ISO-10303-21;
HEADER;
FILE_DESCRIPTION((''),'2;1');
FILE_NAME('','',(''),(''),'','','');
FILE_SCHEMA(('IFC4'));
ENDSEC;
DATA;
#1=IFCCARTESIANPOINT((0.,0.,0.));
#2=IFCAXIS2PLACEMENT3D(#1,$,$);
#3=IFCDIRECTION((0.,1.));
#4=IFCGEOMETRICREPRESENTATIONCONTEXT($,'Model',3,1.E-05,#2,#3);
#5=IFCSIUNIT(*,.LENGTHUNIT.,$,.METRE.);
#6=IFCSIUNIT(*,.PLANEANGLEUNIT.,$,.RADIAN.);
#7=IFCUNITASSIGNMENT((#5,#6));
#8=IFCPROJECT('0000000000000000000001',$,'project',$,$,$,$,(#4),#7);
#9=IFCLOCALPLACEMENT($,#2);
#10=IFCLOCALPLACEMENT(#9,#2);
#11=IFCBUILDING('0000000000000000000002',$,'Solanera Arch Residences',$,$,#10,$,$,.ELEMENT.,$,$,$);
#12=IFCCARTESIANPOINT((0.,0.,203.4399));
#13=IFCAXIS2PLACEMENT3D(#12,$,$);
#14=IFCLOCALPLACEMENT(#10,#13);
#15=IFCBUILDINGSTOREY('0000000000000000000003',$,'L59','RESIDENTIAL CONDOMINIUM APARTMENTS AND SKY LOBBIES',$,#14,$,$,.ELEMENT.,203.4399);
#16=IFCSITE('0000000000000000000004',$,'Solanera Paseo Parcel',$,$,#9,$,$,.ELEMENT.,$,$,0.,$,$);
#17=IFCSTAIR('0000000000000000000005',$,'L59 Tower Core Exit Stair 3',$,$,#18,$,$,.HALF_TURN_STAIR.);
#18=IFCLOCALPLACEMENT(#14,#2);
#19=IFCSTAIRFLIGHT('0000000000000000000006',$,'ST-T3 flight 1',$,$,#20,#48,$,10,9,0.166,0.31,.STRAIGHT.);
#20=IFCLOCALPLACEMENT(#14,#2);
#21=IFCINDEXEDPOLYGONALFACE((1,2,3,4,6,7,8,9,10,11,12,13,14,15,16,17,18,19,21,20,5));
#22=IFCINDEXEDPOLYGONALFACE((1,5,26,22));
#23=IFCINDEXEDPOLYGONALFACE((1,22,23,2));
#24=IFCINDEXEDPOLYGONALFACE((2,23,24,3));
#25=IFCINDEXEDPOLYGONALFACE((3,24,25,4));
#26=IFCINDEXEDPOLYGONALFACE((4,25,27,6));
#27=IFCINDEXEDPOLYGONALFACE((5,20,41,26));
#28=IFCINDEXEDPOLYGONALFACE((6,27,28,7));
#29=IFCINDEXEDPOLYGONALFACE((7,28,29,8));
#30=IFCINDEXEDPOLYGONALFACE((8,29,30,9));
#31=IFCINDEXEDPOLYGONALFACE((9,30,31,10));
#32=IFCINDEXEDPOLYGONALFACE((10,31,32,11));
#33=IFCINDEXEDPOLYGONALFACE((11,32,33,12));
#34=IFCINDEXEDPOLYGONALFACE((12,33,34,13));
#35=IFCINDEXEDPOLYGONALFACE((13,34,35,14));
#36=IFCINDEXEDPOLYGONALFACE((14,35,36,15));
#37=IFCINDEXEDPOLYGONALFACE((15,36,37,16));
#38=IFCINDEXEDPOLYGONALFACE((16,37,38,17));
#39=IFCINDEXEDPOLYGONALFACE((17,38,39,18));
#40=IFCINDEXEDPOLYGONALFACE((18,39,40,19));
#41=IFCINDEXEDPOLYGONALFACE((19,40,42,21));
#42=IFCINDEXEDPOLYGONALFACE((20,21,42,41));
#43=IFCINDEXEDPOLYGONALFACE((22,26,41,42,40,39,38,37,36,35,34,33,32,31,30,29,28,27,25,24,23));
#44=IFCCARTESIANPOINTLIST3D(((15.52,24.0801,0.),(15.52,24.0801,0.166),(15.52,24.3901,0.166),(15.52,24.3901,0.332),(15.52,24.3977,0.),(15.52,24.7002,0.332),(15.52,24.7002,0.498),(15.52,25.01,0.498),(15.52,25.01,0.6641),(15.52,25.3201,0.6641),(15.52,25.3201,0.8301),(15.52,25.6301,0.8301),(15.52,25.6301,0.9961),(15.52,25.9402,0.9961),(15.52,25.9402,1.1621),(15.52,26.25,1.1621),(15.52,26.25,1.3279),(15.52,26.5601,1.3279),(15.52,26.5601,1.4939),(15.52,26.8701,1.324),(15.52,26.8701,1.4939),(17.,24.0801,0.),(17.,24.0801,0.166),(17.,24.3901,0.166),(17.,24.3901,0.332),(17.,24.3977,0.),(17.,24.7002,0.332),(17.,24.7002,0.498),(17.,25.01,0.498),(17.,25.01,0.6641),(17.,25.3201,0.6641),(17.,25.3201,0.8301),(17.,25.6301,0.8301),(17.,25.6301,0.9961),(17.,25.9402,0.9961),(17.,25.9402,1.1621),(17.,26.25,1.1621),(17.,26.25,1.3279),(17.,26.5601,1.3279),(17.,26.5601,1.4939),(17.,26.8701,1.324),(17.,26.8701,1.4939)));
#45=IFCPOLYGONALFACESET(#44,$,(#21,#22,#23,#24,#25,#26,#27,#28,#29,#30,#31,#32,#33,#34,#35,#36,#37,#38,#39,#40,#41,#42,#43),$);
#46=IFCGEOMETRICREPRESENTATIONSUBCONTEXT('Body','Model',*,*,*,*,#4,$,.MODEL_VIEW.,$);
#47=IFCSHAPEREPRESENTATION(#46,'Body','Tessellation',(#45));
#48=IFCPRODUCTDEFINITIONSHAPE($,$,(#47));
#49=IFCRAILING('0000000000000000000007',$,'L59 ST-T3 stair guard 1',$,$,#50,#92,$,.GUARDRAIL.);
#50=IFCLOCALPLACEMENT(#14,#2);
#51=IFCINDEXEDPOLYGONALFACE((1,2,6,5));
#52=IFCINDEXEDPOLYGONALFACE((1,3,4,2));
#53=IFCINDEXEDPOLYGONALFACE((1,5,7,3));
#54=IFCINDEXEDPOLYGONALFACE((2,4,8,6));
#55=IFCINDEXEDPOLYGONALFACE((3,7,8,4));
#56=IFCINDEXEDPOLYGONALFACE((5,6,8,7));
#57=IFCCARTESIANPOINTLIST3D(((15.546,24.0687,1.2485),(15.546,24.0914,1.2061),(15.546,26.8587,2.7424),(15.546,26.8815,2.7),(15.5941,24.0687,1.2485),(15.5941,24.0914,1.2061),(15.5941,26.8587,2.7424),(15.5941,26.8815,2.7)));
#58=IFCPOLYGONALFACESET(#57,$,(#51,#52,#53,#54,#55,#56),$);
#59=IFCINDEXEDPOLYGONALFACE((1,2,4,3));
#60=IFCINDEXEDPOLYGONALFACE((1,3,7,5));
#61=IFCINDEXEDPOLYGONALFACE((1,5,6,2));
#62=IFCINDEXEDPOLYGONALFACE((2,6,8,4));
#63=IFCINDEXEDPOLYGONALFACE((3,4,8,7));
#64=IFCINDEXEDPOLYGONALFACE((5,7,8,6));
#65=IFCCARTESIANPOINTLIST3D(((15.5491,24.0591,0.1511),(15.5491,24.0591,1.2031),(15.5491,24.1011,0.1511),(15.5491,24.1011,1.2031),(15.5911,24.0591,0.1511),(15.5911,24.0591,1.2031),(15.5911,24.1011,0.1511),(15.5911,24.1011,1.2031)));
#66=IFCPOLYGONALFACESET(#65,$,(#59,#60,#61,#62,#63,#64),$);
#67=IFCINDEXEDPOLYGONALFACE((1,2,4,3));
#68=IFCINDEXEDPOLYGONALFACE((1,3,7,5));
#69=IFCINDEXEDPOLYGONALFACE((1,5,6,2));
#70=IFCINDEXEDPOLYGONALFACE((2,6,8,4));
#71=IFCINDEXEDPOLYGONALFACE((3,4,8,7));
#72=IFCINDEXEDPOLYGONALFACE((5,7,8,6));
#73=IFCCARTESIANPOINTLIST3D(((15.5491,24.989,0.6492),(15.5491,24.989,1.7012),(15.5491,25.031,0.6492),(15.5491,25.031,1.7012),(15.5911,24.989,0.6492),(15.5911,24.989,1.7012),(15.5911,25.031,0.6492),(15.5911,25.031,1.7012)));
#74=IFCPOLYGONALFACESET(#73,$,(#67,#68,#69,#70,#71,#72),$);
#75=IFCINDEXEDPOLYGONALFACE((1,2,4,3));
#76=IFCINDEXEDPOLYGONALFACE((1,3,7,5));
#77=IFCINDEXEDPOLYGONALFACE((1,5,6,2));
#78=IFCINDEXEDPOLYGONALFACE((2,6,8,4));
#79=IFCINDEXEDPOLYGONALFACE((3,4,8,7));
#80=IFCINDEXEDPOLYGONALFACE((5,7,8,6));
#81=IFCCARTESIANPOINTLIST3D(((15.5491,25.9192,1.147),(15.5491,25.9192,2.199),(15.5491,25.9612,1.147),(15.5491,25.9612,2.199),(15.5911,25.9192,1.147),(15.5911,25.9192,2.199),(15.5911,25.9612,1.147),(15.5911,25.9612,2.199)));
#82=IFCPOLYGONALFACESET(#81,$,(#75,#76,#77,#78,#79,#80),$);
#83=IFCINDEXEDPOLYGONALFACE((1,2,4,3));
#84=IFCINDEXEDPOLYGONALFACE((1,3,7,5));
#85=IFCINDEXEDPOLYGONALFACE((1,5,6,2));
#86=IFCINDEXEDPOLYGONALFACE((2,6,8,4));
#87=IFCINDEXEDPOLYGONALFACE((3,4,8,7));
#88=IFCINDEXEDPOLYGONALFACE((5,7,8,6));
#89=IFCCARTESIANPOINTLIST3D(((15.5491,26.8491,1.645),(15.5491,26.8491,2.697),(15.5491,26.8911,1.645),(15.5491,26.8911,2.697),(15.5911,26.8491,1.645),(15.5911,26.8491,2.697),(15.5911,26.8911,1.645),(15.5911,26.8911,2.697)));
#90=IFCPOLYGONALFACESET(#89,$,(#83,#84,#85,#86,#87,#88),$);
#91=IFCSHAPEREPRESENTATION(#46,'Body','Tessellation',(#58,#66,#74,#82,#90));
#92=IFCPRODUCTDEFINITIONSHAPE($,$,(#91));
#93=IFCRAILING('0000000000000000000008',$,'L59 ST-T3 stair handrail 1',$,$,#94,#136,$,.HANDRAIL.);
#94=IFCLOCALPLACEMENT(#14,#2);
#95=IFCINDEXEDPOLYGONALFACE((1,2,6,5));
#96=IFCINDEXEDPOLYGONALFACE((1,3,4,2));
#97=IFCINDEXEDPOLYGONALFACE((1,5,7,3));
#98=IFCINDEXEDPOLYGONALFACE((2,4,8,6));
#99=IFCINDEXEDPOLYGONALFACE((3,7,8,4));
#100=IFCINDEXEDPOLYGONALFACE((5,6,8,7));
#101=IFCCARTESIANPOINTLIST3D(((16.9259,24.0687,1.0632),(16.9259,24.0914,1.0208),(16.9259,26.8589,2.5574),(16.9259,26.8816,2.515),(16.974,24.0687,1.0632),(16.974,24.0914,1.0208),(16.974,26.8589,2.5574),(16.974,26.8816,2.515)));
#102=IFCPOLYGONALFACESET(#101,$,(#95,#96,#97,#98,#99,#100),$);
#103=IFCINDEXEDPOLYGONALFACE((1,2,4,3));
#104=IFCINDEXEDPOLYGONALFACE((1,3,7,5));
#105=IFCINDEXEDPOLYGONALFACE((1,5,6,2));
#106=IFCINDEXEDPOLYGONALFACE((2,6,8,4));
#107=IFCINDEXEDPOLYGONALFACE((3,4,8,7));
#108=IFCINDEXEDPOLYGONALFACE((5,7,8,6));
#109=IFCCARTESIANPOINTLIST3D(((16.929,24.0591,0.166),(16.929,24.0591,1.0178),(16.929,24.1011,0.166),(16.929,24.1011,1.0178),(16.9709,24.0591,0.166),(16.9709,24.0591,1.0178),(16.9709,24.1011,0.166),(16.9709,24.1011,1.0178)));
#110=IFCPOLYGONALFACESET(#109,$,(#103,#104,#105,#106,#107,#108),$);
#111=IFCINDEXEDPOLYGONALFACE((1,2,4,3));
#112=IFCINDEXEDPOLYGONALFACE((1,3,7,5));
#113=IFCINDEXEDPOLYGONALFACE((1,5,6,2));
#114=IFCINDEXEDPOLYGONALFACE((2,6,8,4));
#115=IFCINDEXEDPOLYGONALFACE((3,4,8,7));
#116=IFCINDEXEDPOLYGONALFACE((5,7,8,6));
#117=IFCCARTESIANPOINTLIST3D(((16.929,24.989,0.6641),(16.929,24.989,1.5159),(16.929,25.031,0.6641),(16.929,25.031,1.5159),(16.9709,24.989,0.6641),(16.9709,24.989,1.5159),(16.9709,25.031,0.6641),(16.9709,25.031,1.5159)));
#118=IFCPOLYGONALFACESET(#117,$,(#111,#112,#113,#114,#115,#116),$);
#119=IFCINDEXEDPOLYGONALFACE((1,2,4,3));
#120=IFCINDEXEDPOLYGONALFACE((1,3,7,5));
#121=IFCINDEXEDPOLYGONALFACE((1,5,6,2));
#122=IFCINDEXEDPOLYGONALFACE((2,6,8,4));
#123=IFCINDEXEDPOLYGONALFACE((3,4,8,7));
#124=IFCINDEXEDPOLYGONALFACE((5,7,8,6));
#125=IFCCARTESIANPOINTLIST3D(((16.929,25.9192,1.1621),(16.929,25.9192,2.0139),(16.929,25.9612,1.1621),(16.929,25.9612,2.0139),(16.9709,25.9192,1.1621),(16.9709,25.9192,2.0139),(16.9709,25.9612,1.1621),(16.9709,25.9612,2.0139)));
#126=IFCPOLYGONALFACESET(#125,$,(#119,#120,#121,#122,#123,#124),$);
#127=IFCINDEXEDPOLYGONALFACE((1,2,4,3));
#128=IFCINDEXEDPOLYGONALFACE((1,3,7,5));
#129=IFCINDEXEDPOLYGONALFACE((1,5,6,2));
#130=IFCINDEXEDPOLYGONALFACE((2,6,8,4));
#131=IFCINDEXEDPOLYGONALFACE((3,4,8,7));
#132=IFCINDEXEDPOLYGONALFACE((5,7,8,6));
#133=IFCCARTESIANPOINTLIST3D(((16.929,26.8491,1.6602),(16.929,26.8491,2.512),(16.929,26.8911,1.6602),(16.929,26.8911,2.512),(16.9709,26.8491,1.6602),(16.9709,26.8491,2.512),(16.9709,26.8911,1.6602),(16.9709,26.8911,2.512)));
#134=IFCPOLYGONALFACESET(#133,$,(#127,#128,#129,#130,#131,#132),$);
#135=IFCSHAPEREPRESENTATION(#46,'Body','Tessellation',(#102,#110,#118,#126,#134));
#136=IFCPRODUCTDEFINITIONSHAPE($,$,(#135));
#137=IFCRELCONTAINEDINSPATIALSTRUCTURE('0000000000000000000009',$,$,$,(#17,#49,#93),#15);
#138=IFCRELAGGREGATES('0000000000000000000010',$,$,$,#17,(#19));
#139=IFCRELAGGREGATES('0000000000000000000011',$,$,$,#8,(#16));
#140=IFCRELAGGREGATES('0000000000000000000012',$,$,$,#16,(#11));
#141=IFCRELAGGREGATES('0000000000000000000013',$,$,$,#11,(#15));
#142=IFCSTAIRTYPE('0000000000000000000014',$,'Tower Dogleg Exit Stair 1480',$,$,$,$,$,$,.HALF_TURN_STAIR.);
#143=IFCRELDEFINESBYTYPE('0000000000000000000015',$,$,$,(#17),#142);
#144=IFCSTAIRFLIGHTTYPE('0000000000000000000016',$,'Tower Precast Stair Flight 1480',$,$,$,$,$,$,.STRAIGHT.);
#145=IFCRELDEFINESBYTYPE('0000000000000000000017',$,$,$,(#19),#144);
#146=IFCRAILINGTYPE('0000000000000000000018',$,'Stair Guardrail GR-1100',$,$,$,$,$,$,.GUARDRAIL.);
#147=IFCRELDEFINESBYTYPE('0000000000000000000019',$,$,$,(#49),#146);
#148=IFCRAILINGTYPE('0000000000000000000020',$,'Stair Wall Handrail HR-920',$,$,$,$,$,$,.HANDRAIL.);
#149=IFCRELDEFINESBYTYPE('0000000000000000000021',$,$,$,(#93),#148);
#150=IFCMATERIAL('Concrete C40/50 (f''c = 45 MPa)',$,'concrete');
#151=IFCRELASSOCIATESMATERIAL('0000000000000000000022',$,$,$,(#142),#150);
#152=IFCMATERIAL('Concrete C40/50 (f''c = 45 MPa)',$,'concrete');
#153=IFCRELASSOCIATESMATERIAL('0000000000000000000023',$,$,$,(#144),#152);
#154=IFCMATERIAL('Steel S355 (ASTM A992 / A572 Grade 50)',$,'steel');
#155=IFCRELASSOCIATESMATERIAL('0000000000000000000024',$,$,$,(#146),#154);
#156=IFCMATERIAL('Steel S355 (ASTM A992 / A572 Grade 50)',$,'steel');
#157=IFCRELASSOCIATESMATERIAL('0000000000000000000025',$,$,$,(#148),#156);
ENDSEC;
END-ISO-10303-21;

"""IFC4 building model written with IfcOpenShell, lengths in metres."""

from ifc_helpers import new_model, si_unit, direction, frame, origin, origin_2d, place, context, subcontext, project, spatial, polyline, rectangle, outline, extrude, material, type_object, element, aggregate, save


model = new_model("IFC4")

# Units and contexts
model_context = context("Model", 3, precision=1e-05, world=origin(), true_north=direction((0.0, 1.0)))
body_context = subcontext(model_context, "Body", "Model", "MODEL_VIEW")
ifc_project = project(units=[si_unit("LENGTHUNIT", "METRE"), si_unit("PLANEANGLEUNIT", "RADIAN")], contexts=[model_context])

# Site, building, storey
site_placement = place(None, origin())
site = spatial("IfcSite", under=ifc_project, at=site_placement, Name="Solanera Paseo Parcel", CompositionType="ELEMENT", RefElevation=0.0)
building_placement = place(site_placement, origin())
building = spatial("IfcBuilding", under=site, at=building_placement, Name="Solanera Arch Residences", CompositionType="ELEMENT")
storey_placement = place(building_placement, frame((0.0, 0.0, 203.4399)))
storey = spatial("IfcBuildingStorey", under=building, at=storey_placement, Name="L59", Description="RESIDENTIAL CONDOMINIUM APARTMENTS AND SKY LOBBIES", CompositionType="ELEMENT", Elevation=203.4399)

# Stair, stair flight
ifc_material_1 = material(Name="Concrete C40/50 (f'c = 45 MPa)", Category="concrete")
stair_type = type_object("IfcStairType", Name="Tower Dogleg Exit Stair 1480", PredefinedType="HALF_TURN_STAIR", material=ifc_material_1)
stair_placement = place(storey_placement, origin())
stair = element("IfcStair", 1, at=stair_placement, inside=storey, type_object=stair_type, Name="L59 Tower Core Exit Stair 3", PredefinedType="HALF_TURN_STAIR")
ifc_material_2 = material(Name="Concrete C40/50 (f'c = 45 MPa)", Category="concrete")
stair_flight_type = type_object("IfcStairFlightType", Name="Tower Precast Stair Flight 1480", PredefinedType="STRAIGHT", material=ifc_material_2)
stair_flight_placement = place(storey_placement, frame((16.26, 24.0801, 0.0), z_axis=(0.0, 0.0, 1.0), x_axis=(0.0, 1.0, 0.0)))
stair_flight = element("IfcStairFlight", 2, at=stair_flight_placement, type_object=stair_flight_type, Name="ST-T3 flight 1", NumberOfRisers=10, NumberOfTreads=9, PredefinedType="STRAIGHT", RiserHeight=0.166, TreadLength=0.31, context=body_context, shape_type="SweptSolid", body=[
    extrude(outline(polyline([(0.0, 0.0), (0.0, 0.166), (0.3101, 0.166), (0.3101, 0.332), (0.6201, 0.332), (0.6201, 0.498), (0.9299, 0.498), (0.9299, 0.6641), (1.24, 0.6641), (1.24, 0.8301), (1.55, 0.8301), (1.55, 0.9961), (1.8601, 0.9961), (1.8601, 1.1621), (2.1699, 1.1621), (2.1699, 1.3279), (2.48, 1.3279), (2.48, 1.4939), (2.79, 1.4939), (2.79, 1.6599), (2.79, 1.324), (0.3176, 0.0), (0.0, 0.0)])), frame((0.0, 0.74, 0.0), z_axis=(0.0, -1.0, 0.0), x_axis=(1.0, 0.0, 0.0)), (0.0, 0.0, 1.0), 1.48),
])
aggregate(stair, [stair_flight])

# Railings
ifc_material_3 = material(Name="Steel S355 (ASTM A992 / A572 Grade 50)", Category="steel")
railing_type_1 = type_object("IfcRailingType", Name="Stair Guardrail GR-1100", PredefinedType="GUARDRAIL", material=ifc_material_3)
railing_1_placement = place(storey_placement, frame((15.5701, 24.0801, 0.1511)))
element("IfcRailing", 3, at=railing_1_placement, inside=storey, type_object=railing_type_1, Name="L59 ST-T3 stair guard 1", PredefinedType="GUARDRAIL", context=body_context, shape_type="SweptSolid", body=[
    extrude(rectangle(XDim=0.0481, YDim=0.0481, at=origin_2d()), frame((0.0, 0.0, 1.0762), z_axis=(0.0, 0.881581, 0.472033), x_axis=(-1.0, 0.0, 0.0)), (0.0, 0.0, 1.0), 3.1648),
    extrude(rectangle(XDim=0.042, YDim=0.042, at=origin_2d()), origin(), (0.0, 0.0, 1.0), 1.052),
    extrude(rectangle(XDim=0.042, YDim=0.042, at=origin_2d()), frame((0.0, 0.9299, 0.498)), (0.0, 0.0, 1.0), 1.052),
    extrude(rectangle(XDim=0.042, YDim=0.042, at=origin_2d()), frame((0.0, 1.8601, 0.9958)), (0.0, 0.0, 1.0), 1.052),
    extrude(rectangle(XDim=0.042, YDim=0.042, at=origin_2d()), frame((0.0, 2.79, 1.4939)), (0.0, 0.0, 1.0), 1.052),
])
ifc_material_4 = material(Name="Steel S355 (ASTM A992 / A572 Grade 50)", Category="steel")
railing_type_2 = type_object("IfcRailingType", Name="Stair Wall Handrail HR-920", PredefinedType="HANDRAIL", material=ifc_material_4)
railing_2_placement = place(storey_placement, frame((16.95, 24.0801, 0.166)))
element("IfcRailing", 4, at=railing_2_placement, inside=storey, type_object=railing_type_2, Name="L59 ST-T3 stair handrail 1", PredefinedType="HANDRAIL", context=body_context, shape_type="SweptSolid", body=[
    extrude(rectangle(XDim=0.0481, YDim=0.0481, at=origin_2d()), frame((0.0, 0.0, 0.876), z_axis=(0.0, 0.881549, 0.472093), x_axis=(-1.0, 0.0, 0.0)), (0.0, 0.0, 1.0), 3.165),
    extrude(rectangle(XDim=0.042, YDim=0.042, at=origin_2d()), origin(), (0.0, 0.0, 1.0), 0.8518),
    extrude(rectangle(XDim=0.042, YDim=0.042, at=origin_2d()), frame((0.0, 0.9299, 0.498)), (0.0, 0.0, 1.0), 0.8518),
    extrude(rectangle(XDim=0.042, YDim=0.042, at=origin_2d()), frame((0.0, 1.8601, 0.9961)), (0.0, 0.0, 1.0), 0.8518),
    extrude(rectangle(XDim=0.042, YDim=0.042, at=origin_2d()), frame((0.0, 2.79, 1.4941)), (0.0, 0.0, 1.0), 0.8518),
])

save(model, "model.ifc")
